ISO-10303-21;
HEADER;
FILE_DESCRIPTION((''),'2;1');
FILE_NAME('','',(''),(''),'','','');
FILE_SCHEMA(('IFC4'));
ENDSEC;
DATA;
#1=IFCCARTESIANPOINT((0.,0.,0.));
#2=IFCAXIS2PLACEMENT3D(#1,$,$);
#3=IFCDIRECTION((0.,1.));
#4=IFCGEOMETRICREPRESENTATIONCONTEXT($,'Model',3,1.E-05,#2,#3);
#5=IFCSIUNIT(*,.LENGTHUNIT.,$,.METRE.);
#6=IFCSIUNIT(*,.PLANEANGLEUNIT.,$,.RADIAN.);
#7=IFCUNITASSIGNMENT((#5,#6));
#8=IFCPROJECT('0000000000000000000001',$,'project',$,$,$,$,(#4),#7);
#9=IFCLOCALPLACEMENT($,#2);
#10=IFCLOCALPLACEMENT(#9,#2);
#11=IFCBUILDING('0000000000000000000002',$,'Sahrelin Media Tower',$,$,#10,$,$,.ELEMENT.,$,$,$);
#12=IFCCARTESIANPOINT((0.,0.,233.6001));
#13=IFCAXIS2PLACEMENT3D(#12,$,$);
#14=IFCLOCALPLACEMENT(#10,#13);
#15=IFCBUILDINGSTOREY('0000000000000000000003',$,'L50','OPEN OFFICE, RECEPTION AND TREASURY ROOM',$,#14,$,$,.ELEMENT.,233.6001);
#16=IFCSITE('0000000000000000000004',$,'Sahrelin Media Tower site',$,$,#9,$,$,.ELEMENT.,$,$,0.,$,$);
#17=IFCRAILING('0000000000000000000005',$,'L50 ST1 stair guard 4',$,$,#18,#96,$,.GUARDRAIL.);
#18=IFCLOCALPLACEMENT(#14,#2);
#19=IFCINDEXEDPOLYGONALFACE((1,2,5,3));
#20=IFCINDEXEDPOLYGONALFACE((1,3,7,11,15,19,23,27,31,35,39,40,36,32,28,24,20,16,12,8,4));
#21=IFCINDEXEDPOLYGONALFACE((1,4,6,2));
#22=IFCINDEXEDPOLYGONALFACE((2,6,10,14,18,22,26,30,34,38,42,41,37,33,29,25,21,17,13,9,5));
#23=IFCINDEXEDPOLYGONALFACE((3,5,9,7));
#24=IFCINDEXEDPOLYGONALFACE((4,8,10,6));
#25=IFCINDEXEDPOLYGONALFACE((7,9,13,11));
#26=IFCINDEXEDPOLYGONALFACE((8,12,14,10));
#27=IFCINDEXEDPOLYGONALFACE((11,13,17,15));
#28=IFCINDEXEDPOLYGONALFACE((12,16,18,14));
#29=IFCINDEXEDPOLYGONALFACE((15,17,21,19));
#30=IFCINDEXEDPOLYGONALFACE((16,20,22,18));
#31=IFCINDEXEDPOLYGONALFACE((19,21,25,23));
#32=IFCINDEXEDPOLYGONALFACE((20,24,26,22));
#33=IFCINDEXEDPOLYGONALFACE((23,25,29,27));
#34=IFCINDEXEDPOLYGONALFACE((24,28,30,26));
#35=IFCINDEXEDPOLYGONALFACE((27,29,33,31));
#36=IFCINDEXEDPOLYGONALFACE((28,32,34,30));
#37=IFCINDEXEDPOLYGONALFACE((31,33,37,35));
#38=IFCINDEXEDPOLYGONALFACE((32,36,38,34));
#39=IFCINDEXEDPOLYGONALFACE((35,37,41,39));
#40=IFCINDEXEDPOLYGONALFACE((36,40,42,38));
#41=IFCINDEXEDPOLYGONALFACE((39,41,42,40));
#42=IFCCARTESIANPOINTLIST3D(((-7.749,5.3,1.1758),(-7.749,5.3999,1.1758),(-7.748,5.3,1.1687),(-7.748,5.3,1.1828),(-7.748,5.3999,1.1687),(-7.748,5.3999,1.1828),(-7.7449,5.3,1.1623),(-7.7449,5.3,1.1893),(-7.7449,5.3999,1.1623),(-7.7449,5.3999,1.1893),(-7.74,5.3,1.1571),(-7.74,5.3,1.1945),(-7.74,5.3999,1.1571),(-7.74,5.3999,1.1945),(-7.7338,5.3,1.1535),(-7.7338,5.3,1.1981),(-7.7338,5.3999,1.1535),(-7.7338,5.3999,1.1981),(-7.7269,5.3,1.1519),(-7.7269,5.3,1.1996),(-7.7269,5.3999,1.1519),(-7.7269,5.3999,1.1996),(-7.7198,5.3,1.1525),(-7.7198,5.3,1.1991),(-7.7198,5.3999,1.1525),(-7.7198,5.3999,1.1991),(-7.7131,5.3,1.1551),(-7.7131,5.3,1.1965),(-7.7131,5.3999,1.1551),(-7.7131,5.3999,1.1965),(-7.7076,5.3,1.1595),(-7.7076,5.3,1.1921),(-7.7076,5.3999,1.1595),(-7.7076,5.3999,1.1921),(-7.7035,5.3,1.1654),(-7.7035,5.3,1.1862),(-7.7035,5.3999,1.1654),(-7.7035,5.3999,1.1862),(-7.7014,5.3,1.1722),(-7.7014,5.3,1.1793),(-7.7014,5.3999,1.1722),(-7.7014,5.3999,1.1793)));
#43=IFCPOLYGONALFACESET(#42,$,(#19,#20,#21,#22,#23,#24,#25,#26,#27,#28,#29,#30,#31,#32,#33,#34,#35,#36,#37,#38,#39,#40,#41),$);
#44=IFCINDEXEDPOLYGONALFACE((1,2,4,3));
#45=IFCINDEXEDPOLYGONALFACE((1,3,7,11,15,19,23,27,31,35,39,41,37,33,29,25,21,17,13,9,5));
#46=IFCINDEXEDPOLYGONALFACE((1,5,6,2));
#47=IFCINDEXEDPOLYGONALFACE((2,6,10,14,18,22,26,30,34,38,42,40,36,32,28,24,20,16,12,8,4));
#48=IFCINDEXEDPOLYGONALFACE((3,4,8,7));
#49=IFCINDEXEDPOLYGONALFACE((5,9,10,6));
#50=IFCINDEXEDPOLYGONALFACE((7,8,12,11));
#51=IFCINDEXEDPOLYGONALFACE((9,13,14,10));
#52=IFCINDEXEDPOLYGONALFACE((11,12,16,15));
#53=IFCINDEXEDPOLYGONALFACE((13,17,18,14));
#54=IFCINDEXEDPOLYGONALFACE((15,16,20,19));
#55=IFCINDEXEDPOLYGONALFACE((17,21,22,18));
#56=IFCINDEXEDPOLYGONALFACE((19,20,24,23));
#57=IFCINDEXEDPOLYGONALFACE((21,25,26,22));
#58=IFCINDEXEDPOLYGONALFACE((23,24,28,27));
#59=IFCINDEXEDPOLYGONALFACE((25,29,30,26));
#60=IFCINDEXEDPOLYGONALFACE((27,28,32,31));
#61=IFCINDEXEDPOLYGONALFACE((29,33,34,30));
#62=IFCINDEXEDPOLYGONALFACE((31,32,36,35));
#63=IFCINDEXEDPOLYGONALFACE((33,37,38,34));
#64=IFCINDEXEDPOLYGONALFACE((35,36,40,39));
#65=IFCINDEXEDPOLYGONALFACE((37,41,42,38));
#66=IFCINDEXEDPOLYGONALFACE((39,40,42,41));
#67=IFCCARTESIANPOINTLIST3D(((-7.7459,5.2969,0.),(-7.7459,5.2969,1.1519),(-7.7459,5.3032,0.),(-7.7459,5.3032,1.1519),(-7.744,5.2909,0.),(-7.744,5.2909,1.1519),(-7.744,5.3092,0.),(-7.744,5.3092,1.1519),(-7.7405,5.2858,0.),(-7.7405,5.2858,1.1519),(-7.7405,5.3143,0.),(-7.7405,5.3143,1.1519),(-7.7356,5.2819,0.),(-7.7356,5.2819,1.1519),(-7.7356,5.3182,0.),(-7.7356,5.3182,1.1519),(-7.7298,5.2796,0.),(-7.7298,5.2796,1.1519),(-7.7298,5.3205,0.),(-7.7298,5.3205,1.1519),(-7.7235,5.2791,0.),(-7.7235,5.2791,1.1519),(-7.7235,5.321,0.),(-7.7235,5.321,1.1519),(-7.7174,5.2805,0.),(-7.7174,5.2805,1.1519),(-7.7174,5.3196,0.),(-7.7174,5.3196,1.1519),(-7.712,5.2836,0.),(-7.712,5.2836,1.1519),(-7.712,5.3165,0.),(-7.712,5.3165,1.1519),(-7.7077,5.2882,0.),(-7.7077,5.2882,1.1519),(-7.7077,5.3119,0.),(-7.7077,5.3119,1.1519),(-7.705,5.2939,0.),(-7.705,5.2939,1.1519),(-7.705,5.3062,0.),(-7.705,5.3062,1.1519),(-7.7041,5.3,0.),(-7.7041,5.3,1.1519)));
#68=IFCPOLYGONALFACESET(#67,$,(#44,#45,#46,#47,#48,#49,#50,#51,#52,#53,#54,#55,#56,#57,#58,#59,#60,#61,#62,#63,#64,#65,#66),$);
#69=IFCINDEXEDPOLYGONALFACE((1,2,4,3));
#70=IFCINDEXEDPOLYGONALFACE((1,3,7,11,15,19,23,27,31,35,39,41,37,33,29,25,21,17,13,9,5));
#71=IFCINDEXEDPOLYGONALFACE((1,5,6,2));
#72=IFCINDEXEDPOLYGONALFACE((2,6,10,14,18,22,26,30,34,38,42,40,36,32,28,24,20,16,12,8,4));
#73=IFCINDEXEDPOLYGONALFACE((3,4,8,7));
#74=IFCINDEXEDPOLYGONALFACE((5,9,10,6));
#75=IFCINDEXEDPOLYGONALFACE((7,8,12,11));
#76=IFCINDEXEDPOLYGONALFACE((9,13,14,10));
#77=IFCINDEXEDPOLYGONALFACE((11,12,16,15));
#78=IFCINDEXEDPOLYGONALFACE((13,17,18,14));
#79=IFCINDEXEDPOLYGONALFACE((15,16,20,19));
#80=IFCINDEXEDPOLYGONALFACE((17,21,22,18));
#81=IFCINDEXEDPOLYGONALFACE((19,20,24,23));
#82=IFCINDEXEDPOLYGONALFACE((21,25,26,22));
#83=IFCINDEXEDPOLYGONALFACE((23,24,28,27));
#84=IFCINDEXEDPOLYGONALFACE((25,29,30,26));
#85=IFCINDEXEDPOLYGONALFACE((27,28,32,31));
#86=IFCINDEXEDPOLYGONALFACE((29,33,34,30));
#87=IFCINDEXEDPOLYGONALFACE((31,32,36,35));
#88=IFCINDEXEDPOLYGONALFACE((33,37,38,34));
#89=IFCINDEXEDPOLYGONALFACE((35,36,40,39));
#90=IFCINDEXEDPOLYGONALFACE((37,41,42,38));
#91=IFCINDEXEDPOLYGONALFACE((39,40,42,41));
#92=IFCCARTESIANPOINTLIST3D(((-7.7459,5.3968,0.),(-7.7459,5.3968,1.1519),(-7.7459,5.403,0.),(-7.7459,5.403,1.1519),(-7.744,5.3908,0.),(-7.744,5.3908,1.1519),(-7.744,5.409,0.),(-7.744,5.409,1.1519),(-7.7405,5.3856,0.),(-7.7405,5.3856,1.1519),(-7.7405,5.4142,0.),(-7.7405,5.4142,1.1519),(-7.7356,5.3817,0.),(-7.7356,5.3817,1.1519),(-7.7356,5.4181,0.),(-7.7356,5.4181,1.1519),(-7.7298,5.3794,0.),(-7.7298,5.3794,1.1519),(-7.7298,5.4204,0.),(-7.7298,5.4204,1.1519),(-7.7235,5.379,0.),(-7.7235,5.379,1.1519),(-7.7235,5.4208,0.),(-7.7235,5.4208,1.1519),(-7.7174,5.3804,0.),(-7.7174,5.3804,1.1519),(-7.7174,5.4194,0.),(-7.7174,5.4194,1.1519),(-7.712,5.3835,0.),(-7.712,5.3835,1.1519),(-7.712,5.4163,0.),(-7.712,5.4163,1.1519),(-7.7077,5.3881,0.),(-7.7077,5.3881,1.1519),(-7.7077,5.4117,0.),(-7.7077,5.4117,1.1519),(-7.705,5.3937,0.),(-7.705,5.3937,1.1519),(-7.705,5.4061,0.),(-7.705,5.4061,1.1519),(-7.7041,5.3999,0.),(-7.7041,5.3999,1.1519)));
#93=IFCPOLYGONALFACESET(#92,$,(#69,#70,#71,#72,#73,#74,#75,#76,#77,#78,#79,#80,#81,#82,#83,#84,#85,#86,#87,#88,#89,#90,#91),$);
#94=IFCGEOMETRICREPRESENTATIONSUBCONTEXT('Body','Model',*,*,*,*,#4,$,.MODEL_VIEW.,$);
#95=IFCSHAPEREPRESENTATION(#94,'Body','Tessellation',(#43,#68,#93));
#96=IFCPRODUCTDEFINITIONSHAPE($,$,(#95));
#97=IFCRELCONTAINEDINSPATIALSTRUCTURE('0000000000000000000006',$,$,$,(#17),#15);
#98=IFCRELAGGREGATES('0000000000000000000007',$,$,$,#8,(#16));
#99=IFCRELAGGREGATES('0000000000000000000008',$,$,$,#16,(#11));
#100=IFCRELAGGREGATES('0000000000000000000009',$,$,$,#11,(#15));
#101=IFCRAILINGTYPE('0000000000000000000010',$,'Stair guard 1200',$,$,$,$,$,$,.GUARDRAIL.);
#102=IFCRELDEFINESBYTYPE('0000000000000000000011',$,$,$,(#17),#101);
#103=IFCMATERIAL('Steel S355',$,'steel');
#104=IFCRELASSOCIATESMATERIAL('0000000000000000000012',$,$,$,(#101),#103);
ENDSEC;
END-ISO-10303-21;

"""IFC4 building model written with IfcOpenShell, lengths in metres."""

from ifc_helpers import new_model, si_unit, direction, frame, origin, origin_2d, place, context, subcontext, project, spatial, circle, extrude, material, type_object, element, save


model = new_model("IFC4")

# Units and contexts
model_context = context("Model", 3, precision=1e-05, world=origin(), true_north=direction((0.0, 1.0)))
body_context = subcontext(model_context, "Body", "Model", "MODEL_VIEW")
ifc_project = project(units=[si_unit("LENGTHUNIT", "METRE"), si_unit("PLANEANGLEUNIT", "RADIAN")], contexts=[model_context])

# Site, building, storey
site_placement = place(None, origin())
site = spatial("IfcSite", under=ifc_project, at=site_placement, Name="Sahrelin Media Tower site", CompositionType="ELEMENT", RefElevation=0.0)
building_placement = place(site_placement, origin())
building = spatial("IfcBuilding", under=site, at=building_placement, Name="Sahrelin Media Tower", CompositionType="ELEMENT")
storey_placement = place(building_placement, frame((0.0, 0.0, 233.6001)))
storey = spatial("IfcBuildingStorey", under=building, at=storey_placement, Name="L50", Description="OPEN OFFICE, RECEPTION AND TREASURY ROOM", CompositionType="ELEMENT", Elevation=233.6001)

# Shared definitions
ifc_material_1 = material(Name="Steel S355", Category="steel")

# Railing
railing_type_1 = type_object("IfcRailingType", Name="Stair guard 1200", PredefinedType="GUARDRAIL", material=ifc_material_1)
railing_1_placement = place(storey_placement, frame((-7.7251, 5.3, 0.0)))
element("IfcRailing", 1, at=railing_1_placement, inside=storey, type_object=railing_type_1, Name="L50 ST1 stair guard 4", PredefinedType="GUARDRAIL", context=body_context, shape_type="SweptSolid", body=[
    extrude(circle(Radius=0.0239, at=origin_2d()), frame((0.0, 0.0, 1.1758), z_axis=(0.0, 1.0, 0.0), x_axis=(-1.0, 0.0, 0.0)), (0.0, 0.0, 1.0), 0.0999),
    extrude(circle(Radius=0.021, at=origin_2d()), origin(), (0.0, 0.0, 1.0), 1.1519),
    extrude(circle(Radius=0.021, at=origin_2d()), frame((0.0, 0.0999, 0.0)), (0.0, 0.0, 1.0), 1.1519),
])

save(model, "model.ifc")
